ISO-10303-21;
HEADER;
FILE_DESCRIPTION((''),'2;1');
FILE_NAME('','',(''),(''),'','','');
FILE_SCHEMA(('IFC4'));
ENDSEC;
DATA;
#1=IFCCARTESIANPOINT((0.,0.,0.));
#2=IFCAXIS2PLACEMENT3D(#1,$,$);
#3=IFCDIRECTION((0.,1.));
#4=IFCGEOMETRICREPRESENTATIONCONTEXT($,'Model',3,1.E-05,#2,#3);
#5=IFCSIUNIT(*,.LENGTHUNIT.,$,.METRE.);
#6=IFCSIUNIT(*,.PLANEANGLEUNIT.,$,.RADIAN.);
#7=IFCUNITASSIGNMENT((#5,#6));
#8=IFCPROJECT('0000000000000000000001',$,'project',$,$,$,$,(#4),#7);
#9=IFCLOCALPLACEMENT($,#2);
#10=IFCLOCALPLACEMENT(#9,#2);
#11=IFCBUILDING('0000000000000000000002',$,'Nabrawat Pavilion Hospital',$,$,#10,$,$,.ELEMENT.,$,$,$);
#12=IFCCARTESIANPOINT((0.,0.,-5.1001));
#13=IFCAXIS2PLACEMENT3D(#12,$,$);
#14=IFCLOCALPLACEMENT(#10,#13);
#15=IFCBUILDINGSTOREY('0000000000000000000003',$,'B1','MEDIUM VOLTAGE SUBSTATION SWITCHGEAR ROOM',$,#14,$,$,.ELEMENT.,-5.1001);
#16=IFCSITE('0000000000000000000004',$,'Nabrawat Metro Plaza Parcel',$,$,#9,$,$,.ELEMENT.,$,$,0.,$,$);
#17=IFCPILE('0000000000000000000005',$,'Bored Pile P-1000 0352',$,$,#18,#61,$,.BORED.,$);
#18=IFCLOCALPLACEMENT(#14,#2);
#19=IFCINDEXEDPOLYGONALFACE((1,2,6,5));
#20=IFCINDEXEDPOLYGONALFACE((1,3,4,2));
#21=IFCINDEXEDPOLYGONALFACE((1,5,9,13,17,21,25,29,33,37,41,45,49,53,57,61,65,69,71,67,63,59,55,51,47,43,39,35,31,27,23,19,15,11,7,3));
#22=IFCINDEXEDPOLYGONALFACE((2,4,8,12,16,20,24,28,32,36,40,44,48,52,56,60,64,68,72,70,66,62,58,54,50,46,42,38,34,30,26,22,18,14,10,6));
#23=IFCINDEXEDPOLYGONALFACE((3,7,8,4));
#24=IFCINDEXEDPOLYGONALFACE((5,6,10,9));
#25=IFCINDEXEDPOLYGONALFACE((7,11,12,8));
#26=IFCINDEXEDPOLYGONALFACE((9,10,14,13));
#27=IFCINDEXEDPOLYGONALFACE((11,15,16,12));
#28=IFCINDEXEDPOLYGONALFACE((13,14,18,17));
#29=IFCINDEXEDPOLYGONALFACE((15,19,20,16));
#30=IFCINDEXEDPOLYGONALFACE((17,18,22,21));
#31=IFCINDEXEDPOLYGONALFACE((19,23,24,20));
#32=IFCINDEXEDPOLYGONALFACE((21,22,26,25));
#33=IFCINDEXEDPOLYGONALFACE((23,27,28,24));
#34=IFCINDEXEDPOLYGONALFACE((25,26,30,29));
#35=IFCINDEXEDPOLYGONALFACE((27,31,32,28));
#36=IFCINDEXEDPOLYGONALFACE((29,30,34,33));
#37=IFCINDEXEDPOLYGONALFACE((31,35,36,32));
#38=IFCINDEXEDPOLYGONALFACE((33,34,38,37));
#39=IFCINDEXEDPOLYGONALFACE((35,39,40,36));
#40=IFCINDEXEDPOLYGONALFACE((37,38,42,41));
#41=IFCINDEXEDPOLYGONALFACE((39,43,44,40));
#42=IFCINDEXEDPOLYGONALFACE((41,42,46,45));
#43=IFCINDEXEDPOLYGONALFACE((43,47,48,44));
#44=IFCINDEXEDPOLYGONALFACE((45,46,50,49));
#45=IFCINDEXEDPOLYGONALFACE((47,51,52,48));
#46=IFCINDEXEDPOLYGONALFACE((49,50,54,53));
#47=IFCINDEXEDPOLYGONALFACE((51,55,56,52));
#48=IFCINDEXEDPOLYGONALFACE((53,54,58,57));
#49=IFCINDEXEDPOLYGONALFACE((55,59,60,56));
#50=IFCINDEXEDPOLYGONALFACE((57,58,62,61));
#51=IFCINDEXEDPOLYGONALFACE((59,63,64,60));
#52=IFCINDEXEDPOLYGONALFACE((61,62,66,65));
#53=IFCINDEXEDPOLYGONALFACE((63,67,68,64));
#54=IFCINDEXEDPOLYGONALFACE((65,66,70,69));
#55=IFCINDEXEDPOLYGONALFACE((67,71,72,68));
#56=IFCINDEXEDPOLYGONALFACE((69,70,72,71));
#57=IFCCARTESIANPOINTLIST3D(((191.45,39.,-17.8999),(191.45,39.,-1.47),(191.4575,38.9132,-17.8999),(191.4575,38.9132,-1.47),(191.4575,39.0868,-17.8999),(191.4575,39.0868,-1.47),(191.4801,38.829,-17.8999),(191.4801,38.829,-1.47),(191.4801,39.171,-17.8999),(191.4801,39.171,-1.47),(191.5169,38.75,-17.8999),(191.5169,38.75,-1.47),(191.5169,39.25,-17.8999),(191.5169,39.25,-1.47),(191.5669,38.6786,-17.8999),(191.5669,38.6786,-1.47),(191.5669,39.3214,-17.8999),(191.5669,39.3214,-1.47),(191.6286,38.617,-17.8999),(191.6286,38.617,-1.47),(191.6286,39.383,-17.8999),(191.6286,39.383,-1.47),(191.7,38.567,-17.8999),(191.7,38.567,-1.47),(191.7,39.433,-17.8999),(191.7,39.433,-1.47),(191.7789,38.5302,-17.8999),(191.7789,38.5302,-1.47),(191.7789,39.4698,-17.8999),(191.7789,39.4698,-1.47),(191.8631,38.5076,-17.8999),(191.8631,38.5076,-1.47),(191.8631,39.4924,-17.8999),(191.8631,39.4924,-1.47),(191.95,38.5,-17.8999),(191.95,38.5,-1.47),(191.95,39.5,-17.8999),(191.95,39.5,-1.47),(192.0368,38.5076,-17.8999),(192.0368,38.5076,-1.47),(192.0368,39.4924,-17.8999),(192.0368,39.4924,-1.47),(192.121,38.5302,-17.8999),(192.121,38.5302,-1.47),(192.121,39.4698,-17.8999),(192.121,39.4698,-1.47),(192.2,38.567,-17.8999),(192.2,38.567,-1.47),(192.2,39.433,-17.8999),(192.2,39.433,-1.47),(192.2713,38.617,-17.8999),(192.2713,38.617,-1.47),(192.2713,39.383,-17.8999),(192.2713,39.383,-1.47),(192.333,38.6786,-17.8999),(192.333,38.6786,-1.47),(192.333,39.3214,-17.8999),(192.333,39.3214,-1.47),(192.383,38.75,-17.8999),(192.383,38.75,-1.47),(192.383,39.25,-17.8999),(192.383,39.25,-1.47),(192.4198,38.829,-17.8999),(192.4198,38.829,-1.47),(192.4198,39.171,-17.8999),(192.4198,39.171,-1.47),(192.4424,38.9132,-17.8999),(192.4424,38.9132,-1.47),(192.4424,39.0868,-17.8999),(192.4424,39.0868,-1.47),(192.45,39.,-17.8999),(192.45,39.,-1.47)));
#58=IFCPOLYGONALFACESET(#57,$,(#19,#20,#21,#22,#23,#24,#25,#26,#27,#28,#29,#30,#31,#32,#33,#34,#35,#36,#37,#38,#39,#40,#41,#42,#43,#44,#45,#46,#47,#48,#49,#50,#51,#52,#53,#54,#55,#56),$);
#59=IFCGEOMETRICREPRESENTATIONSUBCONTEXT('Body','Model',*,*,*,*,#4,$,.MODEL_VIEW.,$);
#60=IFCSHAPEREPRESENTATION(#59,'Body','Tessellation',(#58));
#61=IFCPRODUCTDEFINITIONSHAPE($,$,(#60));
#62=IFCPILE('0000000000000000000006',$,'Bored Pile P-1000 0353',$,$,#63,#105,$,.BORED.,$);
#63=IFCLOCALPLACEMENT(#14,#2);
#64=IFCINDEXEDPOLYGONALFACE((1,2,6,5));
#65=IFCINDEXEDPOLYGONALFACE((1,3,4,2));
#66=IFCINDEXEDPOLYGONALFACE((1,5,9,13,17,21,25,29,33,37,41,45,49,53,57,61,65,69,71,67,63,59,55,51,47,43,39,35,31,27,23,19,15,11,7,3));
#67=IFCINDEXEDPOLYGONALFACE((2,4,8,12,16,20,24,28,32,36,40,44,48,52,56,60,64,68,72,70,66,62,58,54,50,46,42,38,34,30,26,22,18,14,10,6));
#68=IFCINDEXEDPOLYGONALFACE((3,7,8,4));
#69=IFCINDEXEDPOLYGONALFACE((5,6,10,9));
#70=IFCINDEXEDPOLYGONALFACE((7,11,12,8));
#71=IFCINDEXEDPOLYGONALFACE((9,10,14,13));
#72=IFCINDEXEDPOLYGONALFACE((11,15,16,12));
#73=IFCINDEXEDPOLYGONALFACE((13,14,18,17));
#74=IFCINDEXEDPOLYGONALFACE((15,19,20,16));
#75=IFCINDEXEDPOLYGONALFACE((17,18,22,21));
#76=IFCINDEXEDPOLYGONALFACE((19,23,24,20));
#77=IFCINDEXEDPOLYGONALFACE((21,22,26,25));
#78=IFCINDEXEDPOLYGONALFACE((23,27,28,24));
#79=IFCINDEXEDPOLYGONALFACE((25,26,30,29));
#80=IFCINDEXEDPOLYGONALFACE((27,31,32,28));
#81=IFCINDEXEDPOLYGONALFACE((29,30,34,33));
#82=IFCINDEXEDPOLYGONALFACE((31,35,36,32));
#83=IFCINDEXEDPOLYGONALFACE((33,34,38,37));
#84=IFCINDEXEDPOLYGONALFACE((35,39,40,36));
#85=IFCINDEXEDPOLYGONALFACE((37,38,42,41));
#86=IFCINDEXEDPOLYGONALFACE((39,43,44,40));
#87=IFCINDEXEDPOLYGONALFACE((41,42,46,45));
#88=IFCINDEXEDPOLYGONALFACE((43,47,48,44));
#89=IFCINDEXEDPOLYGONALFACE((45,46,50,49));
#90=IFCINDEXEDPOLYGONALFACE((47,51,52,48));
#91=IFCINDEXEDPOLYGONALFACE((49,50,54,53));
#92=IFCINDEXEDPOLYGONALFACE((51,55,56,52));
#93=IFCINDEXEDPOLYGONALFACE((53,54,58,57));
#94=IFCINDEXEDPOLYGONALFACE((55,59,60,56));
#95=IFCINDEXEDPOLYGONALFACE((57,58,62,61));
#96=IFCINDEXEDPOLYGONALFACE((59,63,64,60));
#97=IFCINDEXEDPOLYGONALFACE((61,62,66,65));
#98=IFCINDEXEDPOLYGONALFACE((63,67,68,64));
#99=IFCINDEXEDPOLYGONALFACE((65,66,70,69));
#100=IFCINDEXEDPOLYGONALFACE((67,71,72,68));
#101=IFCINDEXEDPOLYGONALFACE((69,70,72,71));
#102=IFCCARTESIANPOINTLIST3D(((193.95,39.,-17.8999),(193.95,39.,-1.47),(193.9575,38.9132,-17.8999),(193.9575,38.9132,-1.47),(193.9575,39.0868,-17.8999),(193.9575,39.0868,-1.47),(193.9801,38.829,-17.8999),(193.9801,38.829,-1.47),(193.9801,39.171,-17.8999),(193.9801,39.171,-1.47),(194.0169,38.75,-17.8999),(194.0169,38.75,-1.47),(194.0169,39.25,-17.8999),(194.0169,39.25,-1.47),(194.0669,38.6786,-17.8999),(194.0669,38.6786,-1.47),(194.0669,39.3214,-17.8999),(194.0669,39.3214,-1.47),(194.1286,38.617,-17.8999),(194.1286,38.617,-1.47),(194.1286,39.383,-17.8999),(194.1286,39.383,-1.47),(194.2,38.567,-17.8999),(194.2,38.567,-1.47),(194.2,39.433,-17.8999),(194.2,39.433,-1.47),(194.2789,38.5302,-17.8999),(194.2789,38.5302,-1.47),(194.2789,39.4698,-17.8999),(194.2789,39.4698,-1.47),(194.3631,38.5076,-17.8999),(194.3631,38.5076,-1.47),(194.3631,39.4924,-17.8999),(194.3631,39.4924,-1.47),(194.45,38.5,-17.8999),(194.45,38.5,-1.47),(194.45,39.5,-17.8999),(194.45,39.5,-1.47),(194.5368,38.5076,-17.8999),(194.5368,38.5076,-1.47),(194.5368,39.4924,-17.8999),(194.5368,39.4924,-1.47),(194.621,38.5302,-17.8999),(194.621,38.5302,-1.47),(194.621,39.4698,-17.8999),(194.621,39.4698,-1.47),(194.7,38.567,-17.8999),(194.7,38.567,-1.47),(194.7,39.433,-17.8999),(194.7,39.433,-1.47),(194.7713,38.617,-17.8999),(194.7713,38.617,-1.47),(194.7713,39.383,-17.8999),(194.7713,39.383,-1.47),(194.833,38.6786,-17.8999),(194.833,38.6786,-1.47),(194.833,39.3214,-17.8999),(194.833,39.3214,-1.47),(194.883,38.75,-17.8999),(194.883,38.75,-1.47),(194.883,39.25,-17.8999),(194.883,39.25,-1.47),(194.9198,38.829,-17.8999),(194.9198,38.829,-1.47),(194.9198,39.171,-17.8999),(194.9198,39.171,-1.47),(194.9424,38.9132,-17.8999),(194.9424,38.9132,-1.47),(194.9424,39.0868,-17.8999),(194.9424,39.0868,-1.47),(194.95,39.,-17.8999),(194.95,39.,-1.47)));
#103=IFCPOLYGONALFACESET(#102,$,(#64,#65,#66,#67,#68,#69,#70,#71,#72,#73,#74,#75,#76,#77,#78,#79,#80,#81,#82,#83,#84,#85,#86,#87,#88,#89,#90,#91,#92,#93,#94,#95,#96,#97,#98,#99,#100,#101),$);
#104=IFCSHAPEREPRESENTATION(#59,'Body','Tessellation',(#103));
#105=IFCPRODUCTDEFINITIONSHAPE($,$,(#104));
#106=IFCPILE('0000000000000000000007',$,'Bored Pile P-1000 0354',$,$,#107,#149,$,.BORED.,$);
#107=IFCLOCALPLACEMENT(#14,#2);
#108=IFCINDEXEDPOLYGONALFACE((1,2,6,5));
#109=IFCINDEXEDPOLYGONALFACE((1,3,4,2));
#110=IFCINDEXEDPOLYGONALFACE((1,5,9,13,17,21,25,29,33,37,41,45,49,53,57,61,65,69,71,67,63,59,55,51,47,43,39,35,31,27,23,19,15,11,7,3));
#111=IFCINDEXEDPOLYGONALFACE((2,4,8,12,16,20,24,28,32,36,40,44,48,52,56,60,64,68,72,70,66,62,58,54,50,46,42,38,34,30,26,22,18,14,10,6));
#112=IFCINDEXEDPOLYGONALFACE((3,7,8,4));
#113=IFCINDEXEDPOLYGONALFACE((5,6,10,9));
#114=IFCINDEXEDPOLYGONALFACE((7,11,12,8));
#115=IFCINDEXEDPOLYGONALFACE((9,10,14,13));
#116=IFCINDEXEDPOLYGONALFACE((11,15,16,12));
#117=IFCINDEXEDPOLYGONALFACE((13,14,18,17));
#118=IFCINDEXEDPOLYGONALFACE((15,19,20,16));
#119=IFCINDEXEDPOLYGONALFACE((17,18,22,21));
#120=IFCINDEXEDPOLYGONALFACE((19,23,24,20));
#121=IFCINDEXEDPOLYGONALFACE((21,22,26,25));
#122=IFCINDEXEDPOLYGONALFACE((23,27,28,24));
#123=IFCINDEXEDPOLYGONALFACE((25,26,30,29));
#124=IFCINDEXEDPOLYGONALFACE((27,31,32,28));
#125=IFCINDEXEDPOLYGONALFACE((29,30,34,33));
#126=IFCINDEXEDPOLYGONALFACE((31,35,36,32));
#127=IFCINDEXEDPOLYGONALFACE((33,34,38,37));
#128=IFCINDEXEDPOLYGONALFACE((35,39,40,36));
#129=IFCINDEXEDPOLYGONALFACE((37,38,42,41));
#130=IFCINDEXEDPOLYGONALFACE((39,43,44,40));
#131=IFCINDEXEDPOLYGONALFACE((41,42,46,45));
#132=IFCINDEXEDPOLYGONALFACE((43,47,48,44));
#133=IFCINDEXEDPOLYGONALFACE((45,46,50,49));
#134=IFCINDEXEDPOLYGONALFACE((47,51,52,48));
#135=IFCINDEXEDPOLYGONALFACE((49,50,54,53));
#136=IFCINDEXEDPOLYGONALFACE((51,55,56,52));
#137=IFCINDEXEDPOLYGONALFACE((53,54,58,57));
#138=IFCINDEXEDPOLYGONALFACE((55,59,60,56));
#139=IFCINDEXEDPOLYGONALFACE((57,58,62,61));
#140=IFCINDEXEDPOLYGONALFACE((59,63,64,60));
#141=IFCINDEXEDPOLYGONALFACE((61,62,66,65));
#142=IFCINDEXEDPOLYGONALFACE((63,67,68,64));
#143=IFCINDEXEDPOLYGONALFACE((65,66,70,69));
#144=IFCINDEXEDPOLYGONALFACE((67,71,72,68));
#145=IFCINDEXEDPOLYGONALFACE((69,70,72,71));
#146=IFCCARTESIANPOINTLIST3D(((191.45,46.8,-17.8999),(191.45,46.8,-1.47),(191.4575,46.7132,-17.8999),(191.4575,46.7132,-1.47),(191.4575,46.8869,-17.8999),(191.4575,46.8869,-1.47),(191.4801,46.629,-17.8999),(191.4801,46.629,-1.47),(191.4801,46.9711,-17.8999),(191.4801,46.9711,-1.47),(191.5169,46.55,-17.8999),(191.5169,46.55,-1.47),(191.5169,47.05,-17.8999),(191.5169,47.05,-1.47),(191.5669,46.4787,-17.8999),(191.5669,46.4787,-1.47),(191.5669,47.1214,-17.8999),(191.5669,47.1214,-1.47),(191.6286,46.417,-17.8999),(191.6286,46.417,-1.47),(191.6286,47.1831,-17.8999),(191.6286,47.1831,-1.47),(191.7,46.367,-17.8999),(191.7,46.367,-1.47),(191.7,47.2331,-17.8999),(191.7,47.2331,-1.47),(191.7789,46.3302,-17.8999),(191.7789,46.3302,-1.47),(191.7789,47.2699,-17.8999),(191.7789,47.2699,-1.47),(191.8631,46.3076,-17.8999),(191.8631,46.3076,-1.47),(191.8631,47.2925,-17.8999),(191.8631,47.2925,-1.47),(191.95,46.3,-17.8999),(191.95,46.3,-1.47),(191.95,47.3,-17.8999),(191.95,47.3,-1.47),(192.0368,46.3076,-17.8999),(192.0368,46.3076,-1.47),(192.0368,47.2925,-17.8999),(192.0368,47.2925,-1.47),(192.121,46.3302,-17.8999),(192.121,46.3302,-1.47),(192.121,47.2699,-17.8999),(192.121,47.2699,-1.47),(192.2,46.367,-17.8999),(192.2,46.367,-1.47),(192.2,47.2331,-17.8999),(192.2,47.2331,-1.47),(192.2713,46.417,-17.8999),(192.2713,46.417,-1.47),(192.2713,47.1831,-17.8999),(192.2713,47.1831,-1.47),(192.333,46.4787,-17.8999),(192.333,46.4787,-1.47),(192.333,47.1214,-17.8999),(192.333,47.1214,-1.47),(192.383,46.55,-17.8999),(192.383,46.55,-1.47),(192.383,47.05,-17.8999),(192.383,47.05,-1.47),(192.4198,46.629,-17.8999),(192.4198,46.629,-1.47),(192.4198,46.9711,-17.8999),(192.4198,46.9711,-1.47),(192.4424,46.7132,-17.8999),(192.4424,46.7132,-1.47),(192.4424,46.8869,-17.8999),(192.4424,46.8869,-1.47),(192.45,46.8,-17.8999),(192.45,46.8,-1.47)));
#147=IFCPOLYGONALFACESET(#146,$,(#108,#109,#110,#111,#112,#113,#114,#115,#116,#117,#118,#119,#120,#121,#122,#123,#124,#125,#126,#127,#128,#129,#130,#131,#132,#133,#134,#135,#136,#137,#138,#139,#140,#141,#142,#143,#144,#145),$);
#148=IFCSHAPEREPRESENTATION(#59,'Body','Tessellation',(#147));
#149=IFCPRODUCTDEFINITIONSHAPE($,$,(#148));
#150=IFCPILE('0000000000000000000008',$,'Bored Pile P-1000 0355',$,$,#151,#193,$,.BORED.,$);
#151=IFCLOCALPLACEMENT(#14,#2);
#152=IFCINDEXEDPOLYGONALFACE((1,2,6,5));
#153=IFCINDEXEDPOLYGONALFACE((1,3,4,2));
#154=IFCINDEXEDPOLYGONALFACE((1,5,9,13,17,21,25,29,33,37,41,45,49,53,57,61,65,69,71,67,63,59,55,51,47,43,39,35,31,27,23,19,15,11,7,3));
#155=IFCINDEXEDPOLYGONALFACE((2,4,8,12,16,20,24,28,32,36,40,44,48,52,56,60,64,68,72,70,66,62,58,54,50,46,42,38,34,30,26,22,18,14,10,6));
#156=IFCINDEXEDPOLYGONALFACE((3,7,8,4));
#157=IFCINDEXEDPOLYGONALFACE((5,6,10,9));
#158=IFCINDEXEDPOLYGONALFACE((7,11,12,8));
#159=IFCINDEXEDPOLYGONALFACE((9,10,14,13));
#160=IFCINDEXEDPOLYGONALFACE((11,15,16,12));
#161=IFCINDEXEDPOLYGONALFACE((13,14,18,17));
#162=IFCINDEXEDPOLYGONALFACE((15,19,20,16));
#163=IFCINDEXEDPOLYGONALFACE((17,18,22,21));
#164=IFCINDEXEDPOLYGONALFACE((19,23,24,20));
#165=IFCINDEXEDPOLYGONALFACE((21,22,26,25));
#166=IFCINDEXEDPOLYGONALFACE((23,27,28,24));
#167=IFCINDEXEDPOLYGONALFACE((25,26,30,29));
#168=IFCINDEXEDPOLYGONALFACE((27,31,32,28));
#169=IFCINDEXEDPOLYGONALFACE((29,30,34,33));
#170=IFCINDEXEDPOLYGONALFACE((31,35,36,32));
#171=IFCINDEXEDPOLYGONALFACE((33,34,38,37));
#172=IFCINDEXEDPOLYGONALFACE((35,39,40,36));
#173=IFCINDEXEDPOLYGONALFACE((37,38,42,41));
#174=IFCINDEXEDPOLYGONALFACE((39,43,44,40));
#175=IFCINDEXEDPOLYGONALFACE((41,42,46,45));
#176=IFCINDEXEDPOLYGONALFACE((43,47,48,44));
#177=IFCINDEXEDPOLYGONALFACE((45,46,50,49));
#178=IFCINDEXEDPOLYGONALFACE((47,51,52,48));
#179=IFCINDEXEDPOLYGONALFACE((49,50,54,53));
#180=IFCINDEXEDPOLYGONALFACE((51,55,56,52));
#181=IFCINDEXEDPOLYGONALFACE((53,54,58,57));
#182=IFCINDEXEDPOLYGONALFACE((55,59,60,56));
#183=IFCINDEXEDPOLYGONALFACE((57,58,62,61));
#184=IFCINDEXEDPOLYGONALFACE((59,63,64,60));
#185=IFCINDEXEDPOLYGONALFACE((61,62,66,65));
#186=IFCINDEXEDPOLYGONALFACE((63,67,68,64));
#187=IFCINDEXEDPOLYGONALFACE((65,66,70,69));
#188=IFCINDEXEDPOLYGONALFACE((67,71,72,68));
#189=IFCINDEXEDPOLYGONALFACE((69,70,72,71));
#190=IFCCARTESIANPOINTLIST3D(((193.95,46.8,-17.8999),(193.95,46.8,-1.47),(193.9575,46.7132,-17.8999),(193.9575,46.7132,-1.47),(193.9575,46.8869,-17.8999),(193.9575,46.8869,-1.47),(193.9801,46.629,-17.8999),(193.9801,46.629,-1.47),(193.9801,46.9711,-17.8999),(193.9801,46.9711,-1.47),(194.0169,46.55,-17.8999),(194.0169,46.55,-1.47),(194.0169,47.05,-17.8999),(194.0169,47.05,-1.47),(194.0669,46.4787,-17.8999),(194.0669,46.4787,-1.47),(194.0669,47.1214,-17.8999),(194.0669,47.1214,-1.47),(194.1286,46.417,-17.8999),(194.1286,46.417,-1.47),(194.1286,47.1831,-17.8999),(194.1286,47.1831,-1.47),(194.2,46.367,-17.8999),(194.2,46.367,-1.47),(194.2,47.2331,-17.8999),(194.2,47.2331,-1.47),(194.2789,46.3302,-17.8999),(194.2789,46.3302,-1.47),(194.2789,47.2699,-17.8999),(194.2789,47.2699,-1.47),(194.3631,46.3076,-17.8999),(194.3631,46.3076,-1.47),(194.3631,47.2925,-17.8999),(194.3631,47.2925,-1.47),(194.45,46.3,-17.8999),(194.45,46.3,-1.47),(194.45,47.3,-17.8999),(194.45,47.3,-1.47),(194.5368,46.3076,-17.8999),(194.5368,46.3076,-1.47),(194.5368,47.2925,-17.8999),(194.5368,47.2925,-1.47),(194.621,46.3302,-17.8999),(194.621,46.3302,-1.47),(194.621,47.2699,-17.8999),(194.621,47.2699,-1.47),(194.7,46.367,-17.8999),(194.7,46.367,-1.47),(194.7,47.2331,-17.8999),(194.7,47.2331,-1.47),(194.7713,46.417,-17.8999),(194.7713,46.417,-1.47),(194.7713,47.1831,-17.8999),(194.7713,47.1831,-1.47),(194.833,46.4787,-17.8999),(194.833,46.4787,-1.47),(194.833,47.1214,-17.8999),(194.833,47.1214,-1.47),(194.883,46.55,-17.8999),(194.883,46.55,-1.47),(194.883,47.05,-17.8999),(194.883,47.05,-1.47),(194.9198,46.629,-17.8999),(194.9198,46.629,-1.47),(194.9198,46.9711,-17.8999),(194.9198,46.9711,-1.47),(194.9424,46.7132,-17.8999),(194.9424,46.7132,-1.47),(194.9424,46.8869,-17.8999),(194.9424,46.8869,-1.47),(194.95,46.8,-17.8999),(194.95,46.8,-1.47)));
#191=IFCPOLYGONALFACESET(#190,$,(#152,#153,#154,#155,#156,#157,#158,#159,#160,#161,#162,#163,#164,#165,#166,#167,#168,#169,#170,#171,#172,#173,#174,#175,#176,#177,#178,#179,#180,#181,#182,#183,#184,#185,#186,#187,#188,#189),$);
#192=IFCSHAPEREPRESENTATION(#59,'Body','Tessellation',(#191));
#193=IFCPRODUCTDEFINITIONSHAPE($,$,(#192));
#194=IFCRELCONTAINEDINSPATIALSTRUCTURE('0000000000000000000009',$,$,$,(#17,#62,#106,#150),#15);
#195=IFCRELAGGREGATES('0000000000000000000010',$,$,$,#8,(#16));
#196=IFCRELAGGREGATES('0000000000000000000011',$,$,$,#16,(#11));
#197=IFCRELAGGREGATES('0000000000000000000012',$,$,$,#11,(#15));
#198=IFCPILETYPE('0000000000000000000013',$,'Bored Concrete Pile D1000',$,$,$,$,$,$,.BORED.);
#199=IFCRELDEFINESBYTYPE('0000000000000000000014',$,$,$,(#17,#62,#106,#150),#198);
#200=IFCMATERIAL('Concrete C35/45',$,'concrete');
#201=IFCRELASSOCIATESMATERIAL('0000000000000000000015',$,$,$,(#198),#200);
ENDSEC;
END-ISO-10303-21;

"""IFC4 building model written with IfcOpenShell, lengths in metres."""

from ifc_helpers import new_model, si_unit, direction, frame, origin, origin_2d, place, context, subcontext, project, spatial, circle, extrude, material, material_profile, profile_set, type_object, element, save


model = new_model("IFC4")

# Units and contexts
model_context = context("Model", 3, precision=1e-05, world=origin(), true_north=direction((0.0, 1.0)))
body_context = subcontext(model_context, "Body", "Model", "MODEL_VIEW")
ifc_project = project(units=[si_unit("LENGTHUNIT", "METRE"), si_unit("PLANEANGLEUNIT", "RADIAN")], contexts=[model_context])

# Site, building, storey
site_placement = place(None, origin())
site = spatial("IfcSite", under=ifc_project, at=site_placement, Name="Nabrawat Metro Plaza Parcel", CompositionType="ELEMENT", RefElevation=0.0)
building_placement = place(site_placement, origin())
building = spatial("IfcBuilding", under=site, at=building_placement, Name="Nabrawat Pavilion Hospital", CompositionType="ELEMENT")
storey_placement = place(building_placement, frame((0.0, 0.0, -5.1001)))
storey = spatial("IfcBuildingStorey", under=building, at=storey_placement, Name="B1", Description="MEDIUM VOLTAGE SUBSTATION SWITCHGEAR ROOM", CompositionType="ELEMENT", Elevation=-5.1001)

# Piles
ifc_material_1 = material(Name="Concrete C35/45", Category="concrete")
ifc_material_profile_1 = material_profile(ifc_material_1, circle(Radius=0.5, at=origin_2d()), Name="DIA 1000")
ifc_profile_set_1 = profile_set([ifc_material_profile_1], Name="Concrete C35/45")
pile_type_1 = type_object("IfcPileType", Name="Bored Concrete Pile D1000", PredefinedType="BORED", material=ifc_profile_set_1)
for number, where, z_axis, x_axis, name in (
    (1, (191.95, 39.0, -1.47), (0.0, 0.0, -1.0), (1.0, 0.0, 0.0), "Bored Pile P-1000 0352"),
    (2, (194.45, 39.0, -1.47), (0.0, 0.0, -1.0), (1.0, 0.0, 0.0), "Bored Pile P-1000 0353"),
    (3, (191.95, 46.8, -1.47), (0.0, 0.0, -1.0), (1.0, 0.0, 0.0), "Bored Pile P-1000 0354"),
    (4, (194.45, 46.8, -1.47), (0.0, 0.0, -1.0), (1.0, 0.0, 0.0), "Bored Pile P-1000 0355"),
):
    element("IfcPile", number, at=place(storey_placement, frame(where, z_axis=z_axis, x_axis=x_axis)), inside=storey, type_object=pile_type_1, Name=name, PredefinedType="BORED", context=body_context, shape_type="SweptSolid", body=[
        extrude(circle(Radius=0.5, at=origin_2d()), origin(), (0.0, 0.0, 1.0), 16.4299),
    ])

save(model, "model.ifc")
